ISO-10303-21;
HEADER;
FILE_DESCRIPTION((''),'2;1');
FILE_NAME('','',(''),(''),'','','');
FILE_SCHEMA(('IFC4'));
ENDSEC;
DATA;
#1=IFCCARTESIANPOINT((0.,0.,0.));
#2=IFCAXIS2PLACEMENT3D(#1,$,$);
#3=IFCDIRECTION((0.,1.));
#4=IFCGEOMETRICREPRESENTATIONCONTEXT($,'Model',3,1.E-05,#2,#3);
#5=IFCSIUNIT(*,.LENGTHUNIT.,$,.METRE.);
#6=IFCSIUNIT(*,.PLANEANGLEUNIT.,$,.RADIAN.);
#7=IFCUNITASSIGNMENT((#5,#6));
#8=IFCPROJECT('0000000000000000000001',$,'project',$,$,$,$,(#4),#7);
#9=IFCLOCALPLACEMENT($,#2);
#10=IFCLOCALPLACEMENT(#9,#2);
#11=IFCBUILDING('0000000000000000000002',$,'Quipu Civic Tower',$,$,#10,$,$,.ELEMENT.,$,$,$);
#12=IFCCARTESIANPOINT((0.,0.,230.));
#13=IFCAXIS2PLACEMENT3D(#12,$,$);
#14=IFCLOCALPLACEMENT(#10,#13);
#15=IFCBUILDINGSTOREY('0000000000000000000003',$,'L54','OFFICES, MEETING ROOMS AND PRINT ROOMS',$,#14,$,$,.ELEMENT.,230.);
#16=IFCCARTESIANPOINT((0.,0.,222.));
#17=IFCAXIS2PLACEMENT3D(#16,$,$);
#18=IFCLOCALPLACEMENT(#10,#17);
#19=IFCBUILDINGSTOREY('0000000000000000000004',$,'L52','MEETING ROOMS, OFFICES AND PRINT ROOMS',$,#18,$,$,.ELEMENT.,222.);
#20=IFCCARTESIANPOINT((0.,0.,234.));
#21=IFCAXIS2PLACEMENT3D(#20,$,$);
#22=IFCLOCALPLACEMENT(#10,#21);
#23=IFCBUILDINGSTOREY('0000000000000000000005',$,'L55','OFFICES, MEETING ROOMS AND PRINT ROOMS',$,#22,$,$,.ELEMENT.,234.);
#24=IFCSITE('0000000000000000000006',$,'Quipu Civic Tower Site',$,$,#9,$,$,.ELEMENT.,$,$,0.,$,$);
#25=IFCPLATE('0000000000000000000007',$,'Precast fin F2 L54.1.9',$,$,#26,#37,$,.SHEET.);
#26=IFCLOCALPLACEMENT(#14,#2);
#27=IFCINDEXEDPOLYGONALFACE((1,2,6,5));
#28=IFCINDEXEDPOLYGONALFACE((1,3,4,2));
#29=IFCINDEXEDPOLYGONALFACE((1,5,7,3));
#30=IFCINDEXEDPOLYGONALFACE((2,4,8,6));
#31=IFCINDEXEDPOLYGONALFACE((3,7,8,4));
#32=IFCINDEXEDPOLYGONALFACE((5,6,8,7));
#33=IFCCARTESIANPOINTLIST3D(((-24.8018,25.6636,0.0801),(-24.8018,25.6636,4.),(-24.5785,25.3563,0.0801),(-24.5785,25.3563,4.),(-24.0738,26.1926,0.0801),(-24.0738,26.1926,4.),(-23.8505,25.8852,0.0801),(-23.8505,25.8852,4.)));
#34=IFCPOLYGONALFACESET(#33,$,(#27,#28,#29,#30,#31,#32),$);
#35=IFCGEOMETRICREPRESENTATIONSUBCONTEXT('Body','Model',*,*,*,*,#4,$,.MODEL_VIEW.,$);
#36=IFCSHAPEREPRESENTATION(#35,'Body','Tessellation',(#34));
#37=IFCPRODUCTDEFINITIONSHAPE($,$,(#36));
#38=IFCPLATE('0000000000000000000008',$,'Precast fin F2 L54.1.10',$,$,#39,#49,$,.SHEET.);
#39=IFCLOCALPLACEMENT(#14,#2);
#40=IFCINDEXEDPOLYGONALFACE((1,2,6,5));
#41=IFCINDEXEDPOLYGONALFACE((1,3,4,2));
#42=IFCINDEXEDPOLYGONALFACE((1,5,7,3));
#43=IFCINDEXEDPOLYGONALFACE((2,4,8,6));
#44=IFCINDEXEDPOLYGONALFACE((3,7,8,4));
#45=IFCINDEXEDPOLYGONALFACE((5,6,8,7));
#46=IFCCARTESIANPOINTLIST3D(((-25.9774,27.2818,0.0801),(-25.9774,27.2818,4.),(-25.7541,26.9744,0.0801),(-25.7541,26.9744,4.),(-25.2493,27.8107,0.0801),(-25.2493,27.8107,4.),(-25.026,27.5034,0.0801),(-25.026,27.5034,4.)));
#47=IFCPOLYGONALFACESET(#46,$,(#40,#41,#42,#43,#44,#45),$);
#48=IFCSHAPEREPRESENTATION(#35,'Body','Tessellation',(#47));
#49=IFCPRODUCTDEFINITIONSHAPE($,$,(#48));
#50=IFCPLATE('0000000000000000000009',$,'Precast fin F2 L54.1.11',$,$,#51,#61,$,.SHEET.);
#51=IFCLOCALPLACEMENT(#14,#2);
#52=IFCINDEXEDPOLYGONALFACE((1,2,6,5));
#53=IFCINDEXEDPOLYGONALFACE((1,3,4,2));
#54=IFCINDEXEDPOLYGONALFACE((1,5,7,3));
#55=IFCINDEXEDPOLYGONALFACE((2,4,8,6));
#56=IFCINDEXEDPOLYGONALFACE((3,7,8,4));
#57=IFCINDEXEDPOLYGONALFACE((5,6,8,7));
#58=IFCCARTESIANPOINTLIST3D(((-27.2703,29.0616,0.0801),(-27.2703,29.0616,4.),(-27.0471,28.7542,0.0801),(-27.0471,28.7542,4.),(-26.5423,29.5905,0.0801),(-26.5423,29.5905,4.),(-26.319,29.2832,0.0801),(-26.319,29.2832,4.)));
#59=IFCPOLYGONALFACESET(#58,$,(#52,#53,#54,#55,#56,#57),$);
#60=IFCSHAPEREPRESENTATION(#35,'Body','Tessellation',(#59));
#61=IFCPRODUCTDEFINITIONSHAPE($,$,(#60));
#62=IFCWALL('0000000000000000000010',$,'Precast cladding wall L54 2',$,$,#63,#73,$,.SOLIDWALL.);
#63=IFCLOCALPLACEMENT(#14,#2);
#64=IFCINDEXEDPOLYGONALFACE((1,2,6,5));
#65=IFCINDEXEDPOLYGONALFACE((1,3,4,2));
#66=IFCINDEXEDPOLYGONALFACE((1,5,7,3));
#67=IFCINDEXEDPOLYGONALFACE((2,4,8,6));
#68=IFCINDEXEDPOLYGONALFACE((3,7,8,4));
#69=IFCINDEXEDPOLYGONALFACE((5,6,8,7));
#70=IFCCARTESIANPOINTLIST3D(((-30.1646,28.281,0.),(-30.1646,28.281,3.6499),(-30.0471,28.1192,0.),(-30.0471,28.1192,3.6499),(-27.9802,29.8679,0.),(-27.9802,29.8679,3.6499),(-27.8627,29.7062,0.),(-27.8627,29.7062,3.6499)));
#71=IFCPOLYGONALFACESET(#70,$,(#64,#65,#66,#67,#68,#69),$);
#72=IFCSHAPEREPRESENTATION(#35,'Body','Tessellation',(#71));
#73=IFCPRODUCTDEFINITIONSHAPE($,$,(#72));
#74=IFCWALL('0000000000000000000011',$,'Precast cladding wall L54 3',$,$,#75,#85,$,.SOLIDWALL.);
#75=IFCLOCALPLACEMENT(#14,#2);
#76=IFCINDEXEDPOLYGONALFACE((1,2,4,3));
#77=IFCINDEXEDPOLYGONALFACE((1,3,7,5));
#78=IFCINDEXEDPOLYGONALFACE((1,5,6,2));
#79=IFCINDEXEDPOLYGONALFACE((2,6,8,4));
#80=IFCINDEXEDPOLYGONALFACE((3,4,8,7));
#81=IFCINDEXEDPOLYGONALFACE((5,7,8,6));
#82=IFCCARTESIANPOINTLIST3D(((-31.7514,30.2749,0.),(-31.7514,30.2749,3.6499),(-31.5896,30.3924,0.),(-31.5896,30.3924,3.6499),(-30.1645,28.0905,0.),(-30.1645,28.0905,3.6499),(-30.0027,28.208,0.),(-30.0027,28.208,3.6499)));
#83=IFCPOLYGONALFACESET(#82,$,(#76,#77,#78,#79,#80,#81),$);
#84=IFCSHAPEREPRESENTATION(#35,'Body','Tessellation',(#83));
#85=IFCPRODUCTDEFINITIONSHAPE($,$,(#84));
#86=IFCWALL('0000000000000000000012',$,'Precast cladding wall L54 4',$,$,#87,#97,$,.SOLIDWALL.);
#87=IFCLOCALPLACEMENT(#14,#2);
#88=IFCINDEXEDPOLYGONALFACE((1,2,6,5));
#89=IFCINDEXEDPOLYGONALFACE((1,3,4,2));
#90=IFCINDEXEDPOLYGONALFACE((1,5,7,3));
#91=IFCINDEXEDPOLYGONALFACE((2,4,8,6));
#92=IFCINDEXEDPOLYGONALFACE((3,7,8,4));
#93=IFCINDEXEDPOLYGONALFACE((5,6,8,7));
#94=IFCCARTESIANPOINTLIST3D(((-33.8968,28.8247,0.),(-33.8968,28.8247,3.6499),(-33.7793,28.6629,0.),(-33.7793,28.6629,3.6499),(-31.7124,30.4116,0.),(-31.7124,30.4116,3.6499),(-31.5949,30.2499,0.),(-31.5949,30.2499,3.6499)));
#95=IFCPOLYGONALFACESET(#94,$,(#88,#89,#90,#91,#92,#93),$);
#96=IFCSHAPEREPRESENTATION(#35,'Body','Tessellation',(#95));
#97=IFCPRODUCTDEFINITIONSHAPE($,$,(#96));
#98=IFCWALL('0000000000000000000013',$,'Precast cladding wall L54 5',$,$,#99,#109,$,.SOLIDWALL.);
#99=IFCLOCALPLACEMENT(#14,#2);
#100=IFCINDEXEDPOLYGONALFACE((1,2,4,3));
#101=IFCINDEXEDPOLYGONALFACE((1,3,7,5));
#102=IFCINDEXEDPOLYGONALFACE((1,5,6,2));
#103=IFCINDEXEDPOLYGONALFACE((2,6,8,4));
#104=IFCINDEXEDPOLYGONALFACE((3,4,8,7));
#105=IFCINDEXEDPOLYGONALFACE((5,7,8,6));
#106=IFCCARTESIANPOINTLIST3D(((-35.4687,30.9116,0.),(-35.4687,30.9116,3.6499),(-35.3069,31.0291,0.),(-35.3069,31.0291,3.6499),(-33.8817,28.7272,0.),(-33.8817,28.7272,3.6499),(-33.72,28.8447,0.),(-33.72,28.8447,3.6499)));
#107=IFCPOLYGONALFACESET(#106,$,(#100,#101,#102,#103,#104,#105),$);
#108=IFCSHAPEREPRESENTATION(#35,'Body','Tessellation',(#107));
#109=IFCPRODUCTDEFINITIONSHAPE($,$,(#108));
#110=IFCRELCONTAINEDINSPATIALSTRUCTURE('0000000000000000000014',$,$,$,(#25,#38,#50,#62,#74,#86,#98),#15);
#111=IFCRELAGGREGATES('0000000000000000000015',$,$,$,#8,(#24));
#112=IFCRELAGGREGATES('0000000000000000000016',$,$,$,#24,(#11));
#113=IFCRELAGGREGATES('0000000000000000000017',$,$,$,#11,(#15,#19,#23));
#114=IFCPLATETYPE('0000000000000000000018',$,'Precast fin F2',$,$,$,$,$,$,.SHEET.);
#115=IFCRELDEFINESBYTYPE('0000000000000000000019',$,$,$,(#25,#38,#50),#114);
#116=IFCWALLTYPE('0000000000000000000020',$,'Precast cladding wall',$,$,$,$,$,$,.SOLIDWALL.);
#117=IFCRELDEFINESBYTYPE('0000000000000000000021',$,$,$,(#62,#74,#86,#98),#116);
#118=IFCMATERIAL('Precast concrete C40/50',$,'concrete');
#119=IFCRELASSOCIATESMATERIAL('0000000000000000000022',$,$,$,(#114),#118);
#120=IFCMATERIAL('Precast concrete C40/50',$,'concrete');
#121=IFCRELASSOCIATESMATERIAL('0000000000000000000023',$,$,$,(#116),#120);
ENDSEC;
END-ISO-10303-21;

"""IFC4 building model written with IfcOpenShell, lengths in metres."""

from ifc_helpers import new_model, si_unit, direction, frame, frame_2d, origin, origin_2d, place, context, subcontext, project, spatial, rectangle, extrude, material, type_object, element, save


model = new_model("IFC4")

# Units and contexts
model_context = context("Model", 3, precision=1e-05, world=origin(), true_north=direction((0.0, 1.0)))
body_context = subcontext(model_context, "Body", "Model", "MODEL_VIEW")
ifc_project = project(units=[si_unit("LENGTHUNIT", "METRE"), si_unit("PLANEANGLEUNIT", "RADIAN")], contexts=[model_context])

# Site, building, storey
site_placement = place(None, origin())
site = spatial("IfcSite", under=ifc_project, at=site_placement, Name="Quipu Civic Tower Site", CompositionType="ELEMENT", RefElevation=0.0)
building_placement = place(site_placement, origin())
building = spatial("IfcBuilding", under=site, at=building_placement, Name="Quipu Civic Tower", CompositionType="ELEMENT")
storey_1_placement = place(building_placement, frame((0.0, 0.0, 230.0)))
storey_1 = spatial("IfcBuildingStorey", under=building, at=storey_1_placement, Name="L54", Description="OFFICES, MEETING ROOMS AND PRINT ROOMS", CompositionType="ELEMENT", Elevation=230.0)

# Shared definitions
storey_2_placement = place(building_placement, frame((0.0, 0.0, 222.0)))
storey_2 = spatial("IfcBuildingStorey", under=building, at=storey_2_placement, Name="L52", Description="MEETING ROOMS, OFFICES AND PRINT ROOMS", CompositionType="ELEMENT", Elevation=222.0)

# Shared definitions
storey_3_placement = place(building_placement, frame((0.0, 0.0, 234.0)))
storey_3 = spatial("IfcBuildingStorey", under=building, at=storey_3_placement, Name="L55", Description="OFFICES, MEETING ROOMS AND PRINT ROOMS", CompositionType="ELEMENT", Elevation=234.0)

# Plates
ifc_material_1 = material(Name="Precast concrete C40/50", Category="concrete")
plate_type_1 = type_object("IfcPlateType", Name="Precast fin F2", PredefinedType="SHEET", material=ifc_material_1)
for number, where, z_axis, x_axis, name in (
    (1, (-24.3262, 25.7744, 0.0801), (0.0, 0.0, 1.0), (-0.587787, 0.809016, 0.0), "Precast fin F2 L54.1.9"),
    (2, (-25.5017, 27.3926, 0.0801), (0.0, 0.0, 1.0), (-0.587787, 0.809016, 0.0), "Precast fin F2 L54.1.10"),
    (3, (-26.7947, 29.1724, 0.0801), (0.0, 0.0, 1.0), (-0.587787, 0.809016, 0.0), "Precast fin F2 L54.1.11"),
):
    element("IfcPlate", number, at=place(storey_1_placement, frame(where, z_axis=z_axis, x_axis=x_axis)), inside=storey_1, type_object=plate_type_1, Name=name, PredefinedType="SHEET", context=body_context, shape_type="SweptSolid", body=[
        extrude(rectangle(XDim=0.3799, YDim=0.8999, at=origin_2d()), origin(), (0.0, 0.0, 1.0), 3.9199),
    ])

# Walls
ifc_material_2 = material(Name="Precast concrete C40/50", Category="concrete")
wall_type = type_object("IfcWallType", Name="Precast cladding wall", PredefinedType="SOLIDWALL", material=ifc_material_2)
for number, where, z_axis, x_axis, name in (
    (4, (-27.9214, 29.7871, 0.0), (0.0, 0.0, 1.0), (-0.809033, -0.587763, 0.0), "Precast cladding wall L54 2"),
    (5, (-30.0835, 28.1492, 0.0), (0.0, 0.0, 1.0), (-0.587763, 0.809033, 0.0), "Precast cladding wall L54 3"),
    (6, (-31.6536, 30.3308, 0.0), (0.0, 0.0, 1.0), (-0.809033, -0.587763, 0.0), "Precast cladding wall L54 4"),
    (7, (-33.8008, 28.7859, 0.0), (0.0, 0.0, 1.0), (-0.587763, 0.809033, 0.0), "Precast cladding wall L54 5"),
):
    element("IfcWall", number, at=place(storey_1_placement, frame(where, z_axis=z_axis, x_axis=x_axis)), inside=storey_1, type_object=wall_type, Name=name, PredefinedType="SOLIDWALL", context=body_context, shape_type="SweptSolid", body=[
        extrude(rectangle(XDim=2.7, YDim=0.2, at=frame_2d((1.3501, 0.0))), origin(), (0.0, 0.0, 1.0), 3.6499),
    ])

save(model, "model.ifc")
